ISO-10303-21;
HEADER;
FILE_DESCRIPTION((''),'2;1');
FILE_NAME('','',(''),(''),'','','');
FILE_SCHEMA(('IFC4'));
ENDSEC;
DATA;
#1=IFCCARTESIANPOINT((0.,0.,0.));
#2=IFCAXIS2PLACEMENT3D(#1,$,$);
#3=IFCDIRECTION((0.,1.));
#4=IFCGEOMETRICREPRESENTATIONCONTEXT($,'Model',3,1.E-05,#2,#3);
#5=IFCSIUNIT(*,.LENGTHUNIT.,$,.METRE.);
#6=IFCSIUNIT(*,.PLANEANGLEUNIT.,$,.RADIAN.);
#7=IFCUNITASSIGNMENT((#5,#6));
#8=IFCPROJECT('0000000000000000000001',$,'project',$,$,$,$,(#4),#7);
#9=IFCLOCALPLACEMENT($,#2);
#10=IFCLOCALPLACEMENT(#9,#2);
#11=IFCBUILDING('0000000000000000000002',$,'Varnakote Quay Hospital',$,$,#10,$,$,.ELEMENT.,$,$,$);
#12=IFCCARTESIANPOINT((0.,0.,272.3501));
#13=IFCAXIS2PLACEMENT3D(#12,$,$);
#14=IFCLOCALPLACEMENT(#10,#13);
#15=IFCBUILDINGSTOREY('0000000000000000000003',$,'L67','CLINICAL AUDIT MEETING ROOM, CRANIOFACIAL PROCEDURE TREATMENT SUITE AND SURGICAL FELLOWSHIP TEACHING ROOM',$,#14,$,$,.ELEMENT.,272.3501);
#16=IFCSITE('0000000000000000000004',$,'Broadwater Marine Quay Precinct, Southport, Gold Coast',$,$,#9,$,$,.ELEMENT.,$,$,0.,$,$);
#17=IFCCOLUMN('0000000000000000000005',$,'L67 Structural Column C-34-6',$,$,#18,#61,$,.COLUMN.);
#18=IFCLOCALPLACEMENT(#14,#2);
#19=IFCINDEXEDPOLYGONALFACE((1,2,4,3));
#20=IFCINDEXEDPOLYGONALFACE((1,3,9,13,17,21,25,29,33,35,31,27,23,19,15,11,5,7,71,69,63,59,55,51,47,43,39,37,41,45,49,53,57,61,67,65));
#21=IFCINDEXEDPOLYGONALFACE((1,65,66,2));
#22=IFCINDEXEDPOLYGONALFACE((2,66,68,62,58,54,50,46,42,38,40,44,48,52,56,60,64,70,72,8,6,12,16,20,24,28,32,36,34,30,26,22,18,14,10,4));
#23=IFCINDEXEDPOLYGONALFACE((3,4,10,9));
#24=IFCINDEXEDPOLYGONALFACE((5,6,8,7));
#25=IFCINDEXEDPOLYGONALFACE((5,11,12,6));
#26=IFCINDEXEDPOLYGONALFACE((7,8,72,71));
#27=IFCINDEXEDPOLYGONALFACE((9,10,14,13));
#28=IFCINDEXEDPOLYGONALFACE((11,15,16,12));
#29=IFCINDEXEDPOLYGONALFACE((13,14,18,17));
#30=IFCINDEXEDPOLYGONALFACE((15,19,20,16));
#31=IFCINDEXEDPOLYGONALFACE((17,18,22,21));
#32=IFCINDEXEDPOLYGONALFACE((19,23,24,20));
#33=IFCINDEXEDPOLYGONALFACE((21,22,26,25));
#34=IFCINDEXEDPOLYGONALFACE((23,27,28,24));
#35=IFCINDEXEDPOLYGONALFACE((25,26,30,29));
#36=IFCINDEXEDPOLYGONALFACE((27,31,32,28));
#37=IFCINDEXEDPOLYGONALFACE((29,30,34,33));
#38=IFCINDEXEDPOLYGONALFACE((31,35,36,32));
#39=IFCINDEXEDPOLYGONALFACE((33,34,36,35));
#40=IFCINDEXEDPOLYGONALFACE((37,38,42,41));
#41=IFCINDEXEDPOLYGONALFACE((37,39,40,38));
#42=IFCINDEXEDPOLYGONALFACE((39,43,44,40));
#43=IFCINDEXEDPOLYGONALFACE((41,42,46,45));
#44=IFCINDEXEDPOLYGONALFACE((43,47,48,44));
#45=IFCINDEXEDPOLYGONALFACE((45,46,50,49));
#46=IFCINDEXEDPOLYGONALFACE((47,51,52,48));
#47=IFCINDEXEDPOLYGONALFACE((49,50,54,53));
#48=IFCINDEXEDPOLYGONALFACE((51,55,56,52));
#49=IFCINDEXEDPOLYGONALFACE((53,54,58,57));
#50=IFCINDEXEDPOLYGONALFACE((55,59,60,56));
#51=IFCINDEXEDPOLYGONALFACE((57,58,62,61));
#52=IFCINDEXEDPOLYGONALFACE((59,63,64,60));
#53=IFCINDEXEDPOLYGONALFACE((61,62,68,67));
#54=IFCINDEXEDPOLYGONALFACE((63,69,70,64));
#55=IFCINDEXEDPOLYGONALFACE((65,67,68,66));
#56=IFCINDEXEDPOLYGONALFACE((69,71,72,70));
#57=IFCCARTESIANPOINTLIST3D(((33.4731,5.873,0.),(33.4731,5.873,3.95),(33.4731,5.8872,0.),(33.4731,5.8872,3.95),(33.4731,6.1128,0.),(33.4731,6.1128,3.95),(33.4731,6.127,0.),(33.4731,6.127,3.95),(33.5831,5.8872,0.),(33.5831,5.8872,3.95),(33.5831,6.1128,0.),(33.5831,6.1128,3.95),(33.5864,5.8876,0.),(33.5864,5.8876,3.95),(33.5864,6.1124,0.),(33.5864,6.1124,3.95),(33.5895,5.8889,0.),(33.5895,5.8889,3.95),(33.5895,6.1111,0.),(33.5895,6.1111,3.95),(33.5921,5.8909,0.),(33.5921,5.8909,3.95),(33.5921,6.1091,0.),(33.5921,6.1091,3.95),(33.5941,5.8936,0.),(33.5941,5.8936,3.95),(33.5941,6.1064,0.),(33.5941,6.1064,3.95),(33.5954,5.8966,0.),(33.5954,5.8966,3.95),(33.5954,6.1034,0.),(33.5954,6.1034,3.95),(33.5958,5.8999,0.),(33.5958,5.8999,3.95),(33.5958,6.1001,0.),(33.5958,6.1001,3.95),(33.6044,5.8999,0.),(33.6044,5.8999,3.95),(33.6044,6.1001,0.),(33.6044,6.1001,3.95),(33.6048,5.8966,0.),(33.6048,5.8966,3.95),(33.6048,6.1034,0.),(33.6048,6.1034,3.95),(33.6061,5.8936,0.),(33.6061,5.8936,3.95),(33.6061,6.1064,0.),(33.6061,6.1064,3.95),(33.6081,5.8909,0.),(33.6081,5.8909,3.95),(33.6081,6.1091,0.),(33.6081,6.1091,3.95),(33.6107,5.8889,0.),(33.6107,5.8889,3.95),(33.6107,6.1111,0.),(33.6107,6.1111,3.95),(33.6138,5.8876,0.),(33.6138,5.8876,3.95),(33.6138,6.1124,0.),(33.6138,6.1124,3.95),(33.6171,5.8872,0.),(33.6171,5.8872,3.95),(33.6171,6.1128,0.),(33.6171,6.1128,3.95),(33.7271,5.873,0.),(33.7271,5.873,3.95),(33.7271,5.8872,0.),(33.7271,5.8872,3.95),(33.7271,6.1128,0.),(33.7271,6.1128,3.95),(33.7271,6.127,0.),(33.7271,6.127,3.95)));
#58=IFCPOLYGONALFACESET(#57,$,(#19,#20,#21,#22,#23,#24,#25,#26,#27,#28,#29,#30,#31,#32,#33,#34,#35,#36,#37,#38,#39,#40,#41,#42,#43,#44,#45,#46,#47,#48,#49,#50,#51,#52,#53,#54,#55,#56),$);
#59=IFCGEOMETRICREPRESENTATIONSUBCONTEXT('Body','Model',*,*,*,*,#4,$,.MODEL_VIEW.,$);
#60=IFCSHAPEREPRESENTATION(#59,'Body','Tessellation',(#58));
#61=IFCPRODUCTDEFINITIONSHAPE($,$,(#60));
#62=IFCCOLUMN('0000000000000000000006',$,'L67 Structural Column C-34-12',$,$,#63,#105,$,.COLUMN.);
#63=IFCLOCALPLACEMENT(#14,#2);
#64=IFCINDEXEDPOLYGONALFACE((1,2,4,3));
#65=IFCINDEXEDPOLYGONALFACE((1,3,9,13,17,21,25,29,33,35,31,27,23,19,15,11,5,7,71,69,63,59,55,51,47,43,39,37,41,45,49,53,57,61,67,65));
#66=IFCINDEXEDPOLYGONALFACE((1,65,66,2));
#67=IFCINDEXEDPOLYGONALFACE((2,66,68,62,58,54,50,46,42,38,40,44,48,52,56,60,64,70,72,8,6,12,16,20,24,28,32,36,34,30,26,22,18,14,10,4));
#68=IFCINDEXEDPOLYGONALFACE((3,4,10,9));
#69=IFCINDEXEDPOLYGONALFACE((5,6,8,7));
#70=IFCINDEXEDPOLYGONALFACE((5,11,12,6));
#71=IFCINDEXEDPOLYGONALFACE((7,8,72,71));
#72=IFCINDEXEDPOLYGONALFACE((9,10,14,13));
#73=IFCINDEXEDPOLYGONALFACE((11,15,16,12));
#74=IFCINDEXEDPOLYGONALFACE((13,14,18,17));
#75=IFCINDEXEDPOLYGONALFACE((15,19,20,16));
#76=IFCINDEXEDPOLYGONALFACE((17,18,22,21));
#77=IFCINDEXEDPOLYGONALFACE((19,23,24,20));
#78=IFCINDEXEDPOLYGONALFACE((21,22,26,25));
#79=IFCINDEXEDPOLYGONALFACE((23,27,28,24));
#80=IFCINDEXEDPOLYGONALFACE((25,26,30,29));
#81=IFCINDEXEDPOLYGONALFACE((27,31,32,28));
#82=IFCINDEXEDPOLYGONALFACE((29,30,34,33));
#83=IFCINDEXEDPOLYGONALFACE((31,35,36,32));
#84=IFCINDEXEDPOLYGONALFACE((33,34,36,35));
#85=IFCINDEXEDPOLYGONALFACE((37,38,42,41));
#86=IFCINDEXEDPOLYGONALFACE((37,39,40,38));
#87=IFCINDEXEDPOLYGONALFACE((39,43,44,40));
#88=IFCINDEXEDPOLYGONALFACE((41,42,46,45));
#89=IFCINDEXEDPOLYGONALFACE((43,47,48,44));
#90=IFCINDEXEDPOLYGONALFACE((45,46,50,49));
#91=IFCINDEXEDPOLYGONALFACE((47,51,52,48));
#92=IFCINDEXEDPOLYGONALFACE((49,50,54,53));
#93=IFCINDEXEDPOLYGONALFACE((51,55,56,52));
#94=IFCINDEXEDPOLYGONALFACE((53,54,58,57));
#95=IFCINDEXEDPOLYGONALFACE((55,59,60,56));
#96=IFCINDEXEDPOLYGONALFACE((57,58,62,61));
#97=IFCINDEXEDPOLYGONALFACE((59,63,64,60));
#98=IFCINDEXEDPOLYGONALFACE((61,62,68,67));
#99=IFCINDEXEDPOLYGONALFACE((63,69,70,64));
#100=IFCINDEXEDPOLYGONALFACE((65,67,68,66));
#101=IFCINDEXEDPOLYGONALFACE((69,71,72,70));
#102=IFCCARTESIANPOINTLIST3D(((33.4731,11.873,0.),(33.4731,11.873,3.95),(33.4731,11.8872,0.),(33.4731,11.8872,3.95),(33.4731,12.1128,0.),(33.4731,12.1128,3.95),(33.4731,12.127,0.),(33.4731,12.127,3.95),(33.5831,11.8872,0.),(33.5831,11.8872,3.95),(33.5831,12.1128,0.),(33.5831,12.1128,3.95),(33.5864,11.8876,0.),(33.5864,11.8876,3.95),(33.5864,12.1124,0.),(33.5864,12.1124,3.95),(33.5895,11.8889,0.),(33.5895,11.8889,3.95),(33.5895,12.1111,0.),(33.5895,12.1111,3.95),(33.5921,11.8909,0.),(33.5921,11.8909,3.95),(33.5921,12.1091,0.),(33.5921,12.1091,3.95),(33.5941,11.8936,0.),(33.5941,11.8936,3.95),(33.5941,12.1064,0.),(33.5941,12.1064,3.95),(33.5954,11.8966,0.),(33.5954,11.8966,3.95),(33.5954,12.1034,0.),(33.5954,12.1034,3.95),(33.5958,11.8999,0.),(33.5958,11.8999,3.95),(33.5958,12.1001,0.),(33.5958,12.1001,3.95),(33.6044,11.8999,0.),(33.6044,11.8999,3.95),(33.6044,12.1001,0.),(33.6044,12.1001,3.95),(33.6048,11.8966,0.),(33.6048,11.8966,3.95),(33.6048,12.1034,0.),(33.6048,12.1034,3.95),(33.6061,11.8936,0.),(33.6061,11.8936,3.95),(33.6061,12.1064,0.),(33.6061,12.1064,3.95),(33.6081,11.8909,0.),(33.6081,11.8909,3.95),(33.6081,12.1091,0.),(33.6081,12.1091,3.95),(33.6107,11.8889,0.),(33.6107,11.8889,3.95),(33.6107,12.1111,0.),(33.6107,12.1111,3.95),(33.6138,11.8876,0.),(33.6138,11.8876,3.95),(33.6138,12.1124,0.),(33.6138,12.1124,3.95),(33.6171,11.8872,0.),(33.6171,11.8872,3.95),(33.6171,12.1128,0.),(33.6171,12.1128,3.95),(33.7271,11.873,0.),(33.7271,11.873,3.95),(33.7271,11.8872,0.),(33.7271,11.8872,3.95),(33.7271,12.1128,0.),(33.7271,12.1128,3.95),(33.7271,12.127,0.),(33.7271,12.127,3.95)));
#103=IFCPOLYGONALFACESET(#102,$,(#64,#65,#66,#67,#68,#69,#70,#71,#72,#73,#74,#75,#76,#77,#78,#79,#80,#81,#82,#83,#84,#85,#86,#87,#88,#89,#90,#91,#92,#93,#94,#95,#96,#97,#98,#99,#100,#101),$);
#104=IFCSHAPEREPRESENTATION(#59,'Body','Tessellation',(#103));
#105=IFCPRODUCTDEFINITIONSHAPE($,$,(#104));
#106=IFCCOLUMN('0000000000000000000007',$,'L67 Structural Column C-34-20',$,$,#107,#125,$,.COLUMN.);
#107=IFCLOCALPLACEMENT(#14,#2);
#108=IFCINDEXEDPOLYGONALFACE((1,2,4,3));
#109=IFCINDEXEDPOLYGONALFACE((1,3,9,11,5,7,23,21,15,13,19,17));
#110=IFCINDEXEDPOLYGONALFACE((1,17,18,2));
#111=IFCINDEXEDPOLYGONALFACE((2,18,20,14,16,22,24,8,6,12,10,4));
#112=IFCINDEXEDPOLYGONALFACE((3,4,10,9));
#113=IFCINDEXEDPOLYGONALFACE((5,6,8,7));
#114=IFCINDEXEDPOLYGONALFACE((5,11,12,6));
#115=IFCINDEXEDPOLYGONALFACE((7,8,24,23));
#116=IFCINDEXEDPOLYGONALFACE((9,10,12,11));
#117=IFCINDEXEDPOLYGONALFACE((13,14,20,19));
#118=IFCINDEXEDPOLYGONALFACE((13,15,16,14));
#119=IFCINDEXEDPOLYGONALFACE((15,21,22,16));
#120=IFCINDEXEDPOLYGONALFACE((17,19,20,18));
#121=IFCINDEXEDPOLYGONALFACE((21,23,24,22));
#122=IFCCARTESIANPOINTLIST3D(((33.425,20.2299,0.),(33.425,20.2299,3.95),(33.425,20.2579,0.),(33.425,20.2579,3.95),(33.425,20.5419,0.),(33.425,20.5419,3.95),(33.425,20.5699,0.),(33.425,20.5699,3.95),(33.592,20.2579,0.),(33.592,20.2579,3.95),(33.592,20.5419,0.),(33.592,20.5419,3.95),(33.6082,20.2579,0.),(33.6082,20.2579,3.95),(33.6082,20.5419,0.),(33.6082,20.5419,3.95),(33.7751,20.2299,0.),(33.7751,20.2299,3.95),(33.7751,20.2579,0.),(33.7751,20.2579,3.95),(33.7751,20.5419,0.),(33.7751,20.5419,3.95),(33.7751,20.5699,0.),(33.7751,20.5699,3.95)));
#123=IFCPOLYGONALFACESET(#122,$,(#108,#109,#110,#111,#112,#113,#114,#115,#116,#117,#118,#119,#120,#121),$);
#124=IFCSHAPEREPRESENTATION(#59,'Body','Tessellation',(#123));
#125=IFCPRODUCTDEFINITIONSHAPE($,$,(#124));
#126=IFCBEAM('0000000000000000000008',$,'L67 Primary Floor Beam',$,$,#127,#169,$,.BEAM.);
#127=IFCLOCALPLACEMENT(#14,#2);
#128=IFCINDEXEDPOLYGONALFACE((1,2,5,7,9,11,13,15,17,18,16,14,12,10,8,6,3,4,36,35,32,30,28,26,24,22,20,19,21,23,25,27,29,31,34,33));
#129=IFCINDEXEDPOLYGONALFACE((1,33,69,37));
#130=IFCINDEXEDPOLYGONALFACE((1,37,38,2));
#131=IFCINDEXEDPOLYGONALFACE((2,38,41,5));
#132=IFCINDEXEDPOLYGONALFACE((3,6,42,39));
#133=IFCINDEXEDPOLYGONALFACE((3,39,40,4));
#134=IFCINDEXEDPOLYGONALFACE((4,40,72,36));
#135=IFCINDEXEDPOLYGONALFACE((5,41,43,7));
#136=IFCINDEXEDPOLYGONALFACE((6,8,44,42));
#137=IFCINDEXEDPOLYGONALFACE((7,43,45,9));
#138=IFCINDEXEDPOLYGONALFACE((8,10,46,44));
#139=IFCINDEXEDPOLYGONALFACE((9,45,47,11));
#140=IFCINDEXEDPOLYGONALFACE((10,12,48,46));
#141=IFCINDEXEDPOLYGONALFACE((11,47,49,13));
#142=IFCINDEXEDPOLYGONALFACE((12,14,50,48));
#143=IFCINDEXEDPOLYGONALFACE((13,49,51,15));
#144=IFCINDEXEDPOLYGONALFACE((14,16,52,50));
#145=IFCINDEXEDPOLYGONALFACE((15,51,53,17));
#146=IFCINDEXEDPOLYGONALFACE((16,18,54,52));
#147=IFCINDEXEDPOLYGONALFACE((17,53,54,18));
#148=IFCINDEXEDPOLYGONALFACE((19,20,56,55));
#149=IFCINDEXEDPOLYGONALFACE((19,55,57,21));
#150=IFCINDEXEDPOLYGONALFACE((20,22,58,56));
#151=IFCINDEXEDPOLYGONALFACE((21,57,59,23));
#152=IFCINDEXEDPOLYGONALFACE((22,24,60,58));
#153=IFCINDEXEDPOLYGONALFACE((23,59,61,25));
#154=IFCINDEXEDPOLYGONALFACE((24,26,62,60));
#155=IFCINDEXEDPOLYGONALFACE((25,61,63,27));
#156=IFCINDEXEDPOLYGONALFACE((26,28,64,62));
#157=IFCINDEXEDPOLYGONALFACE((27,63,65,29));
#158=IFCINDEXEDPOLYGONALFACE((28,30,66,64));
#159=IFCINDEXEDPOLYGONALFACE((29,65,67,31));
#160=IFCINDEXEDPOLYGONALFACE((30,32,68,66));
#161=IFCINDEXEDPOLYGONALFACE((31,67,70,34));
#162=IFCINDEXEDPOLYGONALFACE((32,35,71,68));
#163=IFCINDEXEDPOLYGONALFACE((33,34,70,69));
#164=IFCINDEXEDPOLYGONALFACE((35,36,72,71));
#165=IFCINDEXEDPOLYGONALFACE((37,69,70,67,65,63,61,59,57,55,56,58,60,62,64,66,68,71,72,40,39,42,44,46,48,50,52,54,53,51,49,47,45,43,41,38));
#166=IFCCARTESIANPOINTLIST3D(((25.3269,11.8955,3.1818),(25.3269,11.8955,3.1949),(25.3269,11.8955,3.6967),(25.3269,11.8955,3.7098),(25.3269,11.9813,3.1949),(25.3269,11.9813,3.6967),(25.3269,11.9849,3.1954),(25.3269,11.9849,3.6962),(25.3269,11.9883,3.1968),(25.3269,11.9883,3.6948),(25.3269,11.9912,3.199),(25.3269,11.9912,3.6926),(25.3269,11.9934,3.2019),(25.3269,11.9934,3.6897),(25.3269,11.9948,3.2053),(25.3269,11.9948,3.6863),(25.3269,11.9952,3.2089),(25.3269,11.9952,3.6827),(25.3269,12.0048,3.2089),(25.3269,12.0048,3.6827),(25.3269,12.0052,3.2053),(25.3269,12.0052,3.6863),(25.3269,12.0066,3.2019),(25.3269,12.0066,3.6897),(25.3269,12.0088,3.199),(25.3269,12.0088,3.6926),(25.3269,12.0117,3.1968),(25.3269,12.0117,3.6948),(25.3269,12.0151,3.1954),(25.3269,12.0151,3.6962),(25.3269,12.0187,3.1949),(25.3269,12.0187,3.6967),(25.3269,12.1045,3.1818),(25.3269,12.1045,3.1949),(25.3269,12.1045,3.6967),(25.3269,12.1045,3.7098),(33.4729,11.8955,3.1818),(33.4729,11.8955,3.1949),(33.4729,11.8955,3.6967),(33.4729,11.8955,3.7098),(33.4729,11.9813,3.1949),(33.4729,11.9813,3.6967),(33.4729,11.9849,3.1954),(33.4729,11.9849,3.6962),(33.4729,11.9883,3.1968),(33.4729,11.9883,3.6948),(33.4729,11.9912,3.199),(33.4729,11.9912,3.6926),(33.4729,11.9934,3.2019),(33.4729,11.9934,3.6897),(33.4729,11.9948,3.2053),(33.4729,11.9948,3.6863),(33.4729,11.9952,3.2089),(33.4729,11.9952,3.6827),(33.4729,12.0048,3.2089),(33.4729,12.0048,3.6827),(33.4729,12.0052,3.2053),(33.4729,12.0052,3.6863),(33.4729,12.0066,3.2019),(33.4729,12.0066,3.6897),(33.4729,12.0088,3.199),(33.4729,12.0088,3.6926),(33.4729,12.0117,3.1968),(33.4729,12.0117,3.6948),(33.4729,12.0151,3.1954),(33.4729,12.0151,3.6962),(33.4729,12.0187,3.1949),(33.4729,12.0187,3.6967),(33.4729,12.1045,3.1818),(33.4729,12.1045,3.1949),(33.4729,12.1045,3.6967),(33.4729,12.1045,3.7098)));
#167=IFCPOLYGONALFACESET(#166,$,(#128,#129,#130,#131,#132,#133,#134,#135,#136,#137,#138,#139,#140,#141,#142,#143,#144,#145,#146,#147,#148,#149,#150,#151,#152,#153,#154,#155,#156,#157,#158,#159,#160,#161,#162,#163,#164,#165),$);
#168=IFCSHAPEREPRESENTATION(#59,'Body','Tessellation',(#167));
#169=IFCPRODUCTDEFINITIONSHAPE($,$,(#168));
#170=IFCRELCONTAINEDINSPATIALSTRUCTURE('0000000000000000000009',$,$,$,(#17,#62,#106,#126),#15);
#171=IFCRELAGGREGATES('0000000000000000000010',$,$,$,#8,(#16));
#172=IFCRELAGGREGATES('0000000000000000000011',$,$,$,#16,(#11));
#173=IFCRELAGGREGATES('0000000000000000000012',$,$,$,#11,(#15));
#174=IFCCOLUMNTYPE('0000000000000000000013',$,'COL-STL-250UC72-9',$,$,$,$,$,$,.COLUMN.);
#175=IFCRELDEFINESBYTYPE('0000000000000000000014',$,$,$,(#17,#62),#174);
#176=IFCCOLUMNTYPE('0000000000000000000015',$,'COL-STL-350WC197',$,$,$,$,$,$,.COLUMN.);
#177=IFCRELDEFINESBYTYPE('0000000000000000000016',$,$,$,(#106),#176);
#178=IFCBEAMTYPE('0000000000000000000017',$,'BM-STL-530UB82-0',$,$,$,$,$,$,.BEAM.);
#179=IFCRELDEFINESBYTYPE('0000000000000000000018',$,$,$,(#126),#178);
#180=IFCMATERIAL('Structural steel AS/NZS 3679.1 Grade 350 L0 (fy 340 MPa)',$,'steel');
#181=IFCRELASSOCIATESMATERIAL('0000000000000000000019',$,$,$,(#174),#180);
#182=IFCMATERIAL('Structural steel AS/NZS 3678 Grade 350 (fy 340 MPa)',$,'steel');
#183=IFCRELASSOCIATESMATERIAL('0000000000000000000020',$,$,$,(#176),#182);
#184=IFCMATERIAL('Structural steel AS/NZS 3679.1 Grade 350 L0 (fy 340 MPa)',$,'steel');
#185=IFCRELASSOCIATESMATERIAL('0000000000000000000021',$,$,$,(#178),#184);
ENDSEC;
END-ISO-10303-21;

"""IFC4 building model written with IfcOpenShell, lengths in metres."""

from ifc_helpers import new_model, si_unit, direction, frame, origin, origin_2d, place, context, subcontext, project, spatial, i_section, extrude, material, material_profile, profile_set, type_object, element, save


model = new_model("IFC4")

# Units and contexts
model_context = context("Model", 3, precision=1e-05, world=origin(), true_north=direction((0.0, 1.0)))
body_context = subcontext(model_context, "Body", "Model", "MODEL_VIEW")
ifc_project = project(units=[si_unit("LENGTHUNIT", "METRE"), si_unit("PLANEANGLEUNIT", "RADIAN")], contexts=[model_context])

# Site, building, storey
site_placement = place(None, origin())
site = spatial("IfcSite", under=ifc_project, at=site_placement, Name="Broadwater Marine Quay Precinct, Southport, Gold Coast", CompositionType="ELEMENT", RefElevation=0.0)
building_placement = place(site_placement, origin())
building = spatial("IfcBuilding", under=site, at=building_placement, Name="Varnakote Quay Hospital", CompositionType="ELEMENT")
storey_placement = place(building_placement, frame((0.0, 0.0, 272.3501)))
storey = spatial("IfcBuildingStorey", under=building, at=storey_placement, Name="L67", Description="CLINICAL AUDIT MEETING ROOM, CRANIOFACIAL PROCEDURE TREATMENT SUITE AND SURGICAL FELLOWSHIP TEACHING ROOM", CompositionType="ELEMENT", Elevation=272.3501)

# Columns
ifc_material_1 = material(Name="Structural steel AS/NZS 3679.1 Grade 350 L0 (fy 340 MPa)", Category="steel")
ifc_material_profile_1 = material_profile(ifc_material_1, i_section(OverallWidth=0.2539, OverallDepth=0.2539, WebThickness=0.0085, FlangeThickness=0.0142, FilletRadius=0.0127, at=origin_2d()), Name="250UC72.9")
ifc_profile_set_1 = profile_set([ifc_material_profile_1], Name="Structural steel AS/NZS 3679.1 Grade 350 L0 (fy 340 MPa)")
column_type_1 = type_object("IfcColumnType", Name="COL-STL-250UC72-9", PredefinedType="COLUMN", material=ifc_profile_set_1)
for number, where, z_axis, x_axis, name in (
    (1, (33.6001, 6.0, 0.0), (0.0, 0.0, 1.0), (1.0, 0.0, 0.0), "L67 Structural Column C-34-6"),
    (2, (33.6001, 12.0, 0.0), (0.0, 0.0, 1.0), (1.0, 0.0, 0.0), "L67 Structural Column C-34-12"),
):
    element("IfcColumn", number, at=place(storey_placement, frame(where, z_axis=z_axis, x_axis=x_axis)), inside=storey, type_object=column_type_1, Name=name, PredefinedType="COLUMN", context=body_context, shape_type="SweptSolid", body=[
        extrude(i_section(OverallWidth=0.2539, OverallDepth=0.2539, WebThickness=0.0085, FlangeThickness=0.0142, FilletRadius=0.0127, at=origin_2d()), origin(), (0.0, 0.0, 1.0), 3.95),
    ])
ifc_material_2 = material(Name="Structural steel AS/NZS 3678 Grade 350 (fy 340 MPa)", Category="steel")
ifc_material_profile_2 = material_profile(ifc_material_2, i_section(OverallWidth=0.3501, OverallDepth=0.3401, WebThickness=0.0161, FlangeThickness=0.0281, at=origin_2d()), Name="350WC197")
ifc_profile_set_2 = profile_set([ifc_material_profile_2], Name="Structural steel AS/NZS 3678 Grade 350 (fy 340 MPa)")
column_type_2 = type_object("IfcColumnType", Name="COL-STL-350WC197", PredefinedType="COLUMN", material=ifc_profile_set_2)
column_placement = place(storey_placement, frame((33.6001, 20.3999, 0.0), z_axis=(0.0, 0.0, 1.0), x_axis=(1.0, 0.0, 0.0)))
element("IfcColumn", 3, at=column_placement, inside=storey, type_object=column_type_2, Name="L67 Structural Column C-34-20", PredefinedType="COLUMN", context=body_context, shape_type="SweptSolid", body=[
    extrude(i_section(OverallWidth=0.3501, OverallDepth=0.3401, WebThickness=0.0161, FlangeThickness=0.0281, at=origin_2d()), origin(), (0.0, 0.0, 1.0), 3.95),
])

# Beam
ifc_material_3 = material(Name="Structural steel AS/NZS 3679.1 Grade 350 L0 (fy 340 MPa)", Category="steel")
ifc_material_profile_3 = material_profile(ifc_material_3, i_section(OverallWidth=0.209, OverallDepth=0.5281, WebThickness=0.0095, FlangeThickness=0.0132, FilletRadius=0.0139, at=origin_2d()), Name="530UB82.0")
ifc_profile_set_3 = profile_set([ifc_material_profile_3], Name="Structural steel AS/NZS 3679.1 Grade 350 L0 (fy 340 MPa)")
beam_type_1 = type_object("IfcBeamType", Name="BM-STL-530UB82-0", PredefinedType="BEAM", material=ifc_profile_set_3)
beam_1_placement = place(storey_placement, frame((25.3269, 12.0, 3.4458), z_axis=(1.0, 0.0, 0.0), x_axis=(0.0, 1.0, 0.0)))
element("IfcBeam", 4, at=beam_1_placement, inside=storey, type_object=beam_type_1, Name="L67 Primary Floor Beam", PredefinedType="BEAM", context=body_context, shape_type="SweptSolid", body=[
    extrude(i_section(OverallWidth=0.209, OverallDepth=0.5281, WebThickness=0.0095, FlangeThickness=0.0132, FilletRadius=0.0139, at=origin_2d()), origin(), (0.0, 0.0, 1.0), 8.146),
])

save(model, "model.ifc")
